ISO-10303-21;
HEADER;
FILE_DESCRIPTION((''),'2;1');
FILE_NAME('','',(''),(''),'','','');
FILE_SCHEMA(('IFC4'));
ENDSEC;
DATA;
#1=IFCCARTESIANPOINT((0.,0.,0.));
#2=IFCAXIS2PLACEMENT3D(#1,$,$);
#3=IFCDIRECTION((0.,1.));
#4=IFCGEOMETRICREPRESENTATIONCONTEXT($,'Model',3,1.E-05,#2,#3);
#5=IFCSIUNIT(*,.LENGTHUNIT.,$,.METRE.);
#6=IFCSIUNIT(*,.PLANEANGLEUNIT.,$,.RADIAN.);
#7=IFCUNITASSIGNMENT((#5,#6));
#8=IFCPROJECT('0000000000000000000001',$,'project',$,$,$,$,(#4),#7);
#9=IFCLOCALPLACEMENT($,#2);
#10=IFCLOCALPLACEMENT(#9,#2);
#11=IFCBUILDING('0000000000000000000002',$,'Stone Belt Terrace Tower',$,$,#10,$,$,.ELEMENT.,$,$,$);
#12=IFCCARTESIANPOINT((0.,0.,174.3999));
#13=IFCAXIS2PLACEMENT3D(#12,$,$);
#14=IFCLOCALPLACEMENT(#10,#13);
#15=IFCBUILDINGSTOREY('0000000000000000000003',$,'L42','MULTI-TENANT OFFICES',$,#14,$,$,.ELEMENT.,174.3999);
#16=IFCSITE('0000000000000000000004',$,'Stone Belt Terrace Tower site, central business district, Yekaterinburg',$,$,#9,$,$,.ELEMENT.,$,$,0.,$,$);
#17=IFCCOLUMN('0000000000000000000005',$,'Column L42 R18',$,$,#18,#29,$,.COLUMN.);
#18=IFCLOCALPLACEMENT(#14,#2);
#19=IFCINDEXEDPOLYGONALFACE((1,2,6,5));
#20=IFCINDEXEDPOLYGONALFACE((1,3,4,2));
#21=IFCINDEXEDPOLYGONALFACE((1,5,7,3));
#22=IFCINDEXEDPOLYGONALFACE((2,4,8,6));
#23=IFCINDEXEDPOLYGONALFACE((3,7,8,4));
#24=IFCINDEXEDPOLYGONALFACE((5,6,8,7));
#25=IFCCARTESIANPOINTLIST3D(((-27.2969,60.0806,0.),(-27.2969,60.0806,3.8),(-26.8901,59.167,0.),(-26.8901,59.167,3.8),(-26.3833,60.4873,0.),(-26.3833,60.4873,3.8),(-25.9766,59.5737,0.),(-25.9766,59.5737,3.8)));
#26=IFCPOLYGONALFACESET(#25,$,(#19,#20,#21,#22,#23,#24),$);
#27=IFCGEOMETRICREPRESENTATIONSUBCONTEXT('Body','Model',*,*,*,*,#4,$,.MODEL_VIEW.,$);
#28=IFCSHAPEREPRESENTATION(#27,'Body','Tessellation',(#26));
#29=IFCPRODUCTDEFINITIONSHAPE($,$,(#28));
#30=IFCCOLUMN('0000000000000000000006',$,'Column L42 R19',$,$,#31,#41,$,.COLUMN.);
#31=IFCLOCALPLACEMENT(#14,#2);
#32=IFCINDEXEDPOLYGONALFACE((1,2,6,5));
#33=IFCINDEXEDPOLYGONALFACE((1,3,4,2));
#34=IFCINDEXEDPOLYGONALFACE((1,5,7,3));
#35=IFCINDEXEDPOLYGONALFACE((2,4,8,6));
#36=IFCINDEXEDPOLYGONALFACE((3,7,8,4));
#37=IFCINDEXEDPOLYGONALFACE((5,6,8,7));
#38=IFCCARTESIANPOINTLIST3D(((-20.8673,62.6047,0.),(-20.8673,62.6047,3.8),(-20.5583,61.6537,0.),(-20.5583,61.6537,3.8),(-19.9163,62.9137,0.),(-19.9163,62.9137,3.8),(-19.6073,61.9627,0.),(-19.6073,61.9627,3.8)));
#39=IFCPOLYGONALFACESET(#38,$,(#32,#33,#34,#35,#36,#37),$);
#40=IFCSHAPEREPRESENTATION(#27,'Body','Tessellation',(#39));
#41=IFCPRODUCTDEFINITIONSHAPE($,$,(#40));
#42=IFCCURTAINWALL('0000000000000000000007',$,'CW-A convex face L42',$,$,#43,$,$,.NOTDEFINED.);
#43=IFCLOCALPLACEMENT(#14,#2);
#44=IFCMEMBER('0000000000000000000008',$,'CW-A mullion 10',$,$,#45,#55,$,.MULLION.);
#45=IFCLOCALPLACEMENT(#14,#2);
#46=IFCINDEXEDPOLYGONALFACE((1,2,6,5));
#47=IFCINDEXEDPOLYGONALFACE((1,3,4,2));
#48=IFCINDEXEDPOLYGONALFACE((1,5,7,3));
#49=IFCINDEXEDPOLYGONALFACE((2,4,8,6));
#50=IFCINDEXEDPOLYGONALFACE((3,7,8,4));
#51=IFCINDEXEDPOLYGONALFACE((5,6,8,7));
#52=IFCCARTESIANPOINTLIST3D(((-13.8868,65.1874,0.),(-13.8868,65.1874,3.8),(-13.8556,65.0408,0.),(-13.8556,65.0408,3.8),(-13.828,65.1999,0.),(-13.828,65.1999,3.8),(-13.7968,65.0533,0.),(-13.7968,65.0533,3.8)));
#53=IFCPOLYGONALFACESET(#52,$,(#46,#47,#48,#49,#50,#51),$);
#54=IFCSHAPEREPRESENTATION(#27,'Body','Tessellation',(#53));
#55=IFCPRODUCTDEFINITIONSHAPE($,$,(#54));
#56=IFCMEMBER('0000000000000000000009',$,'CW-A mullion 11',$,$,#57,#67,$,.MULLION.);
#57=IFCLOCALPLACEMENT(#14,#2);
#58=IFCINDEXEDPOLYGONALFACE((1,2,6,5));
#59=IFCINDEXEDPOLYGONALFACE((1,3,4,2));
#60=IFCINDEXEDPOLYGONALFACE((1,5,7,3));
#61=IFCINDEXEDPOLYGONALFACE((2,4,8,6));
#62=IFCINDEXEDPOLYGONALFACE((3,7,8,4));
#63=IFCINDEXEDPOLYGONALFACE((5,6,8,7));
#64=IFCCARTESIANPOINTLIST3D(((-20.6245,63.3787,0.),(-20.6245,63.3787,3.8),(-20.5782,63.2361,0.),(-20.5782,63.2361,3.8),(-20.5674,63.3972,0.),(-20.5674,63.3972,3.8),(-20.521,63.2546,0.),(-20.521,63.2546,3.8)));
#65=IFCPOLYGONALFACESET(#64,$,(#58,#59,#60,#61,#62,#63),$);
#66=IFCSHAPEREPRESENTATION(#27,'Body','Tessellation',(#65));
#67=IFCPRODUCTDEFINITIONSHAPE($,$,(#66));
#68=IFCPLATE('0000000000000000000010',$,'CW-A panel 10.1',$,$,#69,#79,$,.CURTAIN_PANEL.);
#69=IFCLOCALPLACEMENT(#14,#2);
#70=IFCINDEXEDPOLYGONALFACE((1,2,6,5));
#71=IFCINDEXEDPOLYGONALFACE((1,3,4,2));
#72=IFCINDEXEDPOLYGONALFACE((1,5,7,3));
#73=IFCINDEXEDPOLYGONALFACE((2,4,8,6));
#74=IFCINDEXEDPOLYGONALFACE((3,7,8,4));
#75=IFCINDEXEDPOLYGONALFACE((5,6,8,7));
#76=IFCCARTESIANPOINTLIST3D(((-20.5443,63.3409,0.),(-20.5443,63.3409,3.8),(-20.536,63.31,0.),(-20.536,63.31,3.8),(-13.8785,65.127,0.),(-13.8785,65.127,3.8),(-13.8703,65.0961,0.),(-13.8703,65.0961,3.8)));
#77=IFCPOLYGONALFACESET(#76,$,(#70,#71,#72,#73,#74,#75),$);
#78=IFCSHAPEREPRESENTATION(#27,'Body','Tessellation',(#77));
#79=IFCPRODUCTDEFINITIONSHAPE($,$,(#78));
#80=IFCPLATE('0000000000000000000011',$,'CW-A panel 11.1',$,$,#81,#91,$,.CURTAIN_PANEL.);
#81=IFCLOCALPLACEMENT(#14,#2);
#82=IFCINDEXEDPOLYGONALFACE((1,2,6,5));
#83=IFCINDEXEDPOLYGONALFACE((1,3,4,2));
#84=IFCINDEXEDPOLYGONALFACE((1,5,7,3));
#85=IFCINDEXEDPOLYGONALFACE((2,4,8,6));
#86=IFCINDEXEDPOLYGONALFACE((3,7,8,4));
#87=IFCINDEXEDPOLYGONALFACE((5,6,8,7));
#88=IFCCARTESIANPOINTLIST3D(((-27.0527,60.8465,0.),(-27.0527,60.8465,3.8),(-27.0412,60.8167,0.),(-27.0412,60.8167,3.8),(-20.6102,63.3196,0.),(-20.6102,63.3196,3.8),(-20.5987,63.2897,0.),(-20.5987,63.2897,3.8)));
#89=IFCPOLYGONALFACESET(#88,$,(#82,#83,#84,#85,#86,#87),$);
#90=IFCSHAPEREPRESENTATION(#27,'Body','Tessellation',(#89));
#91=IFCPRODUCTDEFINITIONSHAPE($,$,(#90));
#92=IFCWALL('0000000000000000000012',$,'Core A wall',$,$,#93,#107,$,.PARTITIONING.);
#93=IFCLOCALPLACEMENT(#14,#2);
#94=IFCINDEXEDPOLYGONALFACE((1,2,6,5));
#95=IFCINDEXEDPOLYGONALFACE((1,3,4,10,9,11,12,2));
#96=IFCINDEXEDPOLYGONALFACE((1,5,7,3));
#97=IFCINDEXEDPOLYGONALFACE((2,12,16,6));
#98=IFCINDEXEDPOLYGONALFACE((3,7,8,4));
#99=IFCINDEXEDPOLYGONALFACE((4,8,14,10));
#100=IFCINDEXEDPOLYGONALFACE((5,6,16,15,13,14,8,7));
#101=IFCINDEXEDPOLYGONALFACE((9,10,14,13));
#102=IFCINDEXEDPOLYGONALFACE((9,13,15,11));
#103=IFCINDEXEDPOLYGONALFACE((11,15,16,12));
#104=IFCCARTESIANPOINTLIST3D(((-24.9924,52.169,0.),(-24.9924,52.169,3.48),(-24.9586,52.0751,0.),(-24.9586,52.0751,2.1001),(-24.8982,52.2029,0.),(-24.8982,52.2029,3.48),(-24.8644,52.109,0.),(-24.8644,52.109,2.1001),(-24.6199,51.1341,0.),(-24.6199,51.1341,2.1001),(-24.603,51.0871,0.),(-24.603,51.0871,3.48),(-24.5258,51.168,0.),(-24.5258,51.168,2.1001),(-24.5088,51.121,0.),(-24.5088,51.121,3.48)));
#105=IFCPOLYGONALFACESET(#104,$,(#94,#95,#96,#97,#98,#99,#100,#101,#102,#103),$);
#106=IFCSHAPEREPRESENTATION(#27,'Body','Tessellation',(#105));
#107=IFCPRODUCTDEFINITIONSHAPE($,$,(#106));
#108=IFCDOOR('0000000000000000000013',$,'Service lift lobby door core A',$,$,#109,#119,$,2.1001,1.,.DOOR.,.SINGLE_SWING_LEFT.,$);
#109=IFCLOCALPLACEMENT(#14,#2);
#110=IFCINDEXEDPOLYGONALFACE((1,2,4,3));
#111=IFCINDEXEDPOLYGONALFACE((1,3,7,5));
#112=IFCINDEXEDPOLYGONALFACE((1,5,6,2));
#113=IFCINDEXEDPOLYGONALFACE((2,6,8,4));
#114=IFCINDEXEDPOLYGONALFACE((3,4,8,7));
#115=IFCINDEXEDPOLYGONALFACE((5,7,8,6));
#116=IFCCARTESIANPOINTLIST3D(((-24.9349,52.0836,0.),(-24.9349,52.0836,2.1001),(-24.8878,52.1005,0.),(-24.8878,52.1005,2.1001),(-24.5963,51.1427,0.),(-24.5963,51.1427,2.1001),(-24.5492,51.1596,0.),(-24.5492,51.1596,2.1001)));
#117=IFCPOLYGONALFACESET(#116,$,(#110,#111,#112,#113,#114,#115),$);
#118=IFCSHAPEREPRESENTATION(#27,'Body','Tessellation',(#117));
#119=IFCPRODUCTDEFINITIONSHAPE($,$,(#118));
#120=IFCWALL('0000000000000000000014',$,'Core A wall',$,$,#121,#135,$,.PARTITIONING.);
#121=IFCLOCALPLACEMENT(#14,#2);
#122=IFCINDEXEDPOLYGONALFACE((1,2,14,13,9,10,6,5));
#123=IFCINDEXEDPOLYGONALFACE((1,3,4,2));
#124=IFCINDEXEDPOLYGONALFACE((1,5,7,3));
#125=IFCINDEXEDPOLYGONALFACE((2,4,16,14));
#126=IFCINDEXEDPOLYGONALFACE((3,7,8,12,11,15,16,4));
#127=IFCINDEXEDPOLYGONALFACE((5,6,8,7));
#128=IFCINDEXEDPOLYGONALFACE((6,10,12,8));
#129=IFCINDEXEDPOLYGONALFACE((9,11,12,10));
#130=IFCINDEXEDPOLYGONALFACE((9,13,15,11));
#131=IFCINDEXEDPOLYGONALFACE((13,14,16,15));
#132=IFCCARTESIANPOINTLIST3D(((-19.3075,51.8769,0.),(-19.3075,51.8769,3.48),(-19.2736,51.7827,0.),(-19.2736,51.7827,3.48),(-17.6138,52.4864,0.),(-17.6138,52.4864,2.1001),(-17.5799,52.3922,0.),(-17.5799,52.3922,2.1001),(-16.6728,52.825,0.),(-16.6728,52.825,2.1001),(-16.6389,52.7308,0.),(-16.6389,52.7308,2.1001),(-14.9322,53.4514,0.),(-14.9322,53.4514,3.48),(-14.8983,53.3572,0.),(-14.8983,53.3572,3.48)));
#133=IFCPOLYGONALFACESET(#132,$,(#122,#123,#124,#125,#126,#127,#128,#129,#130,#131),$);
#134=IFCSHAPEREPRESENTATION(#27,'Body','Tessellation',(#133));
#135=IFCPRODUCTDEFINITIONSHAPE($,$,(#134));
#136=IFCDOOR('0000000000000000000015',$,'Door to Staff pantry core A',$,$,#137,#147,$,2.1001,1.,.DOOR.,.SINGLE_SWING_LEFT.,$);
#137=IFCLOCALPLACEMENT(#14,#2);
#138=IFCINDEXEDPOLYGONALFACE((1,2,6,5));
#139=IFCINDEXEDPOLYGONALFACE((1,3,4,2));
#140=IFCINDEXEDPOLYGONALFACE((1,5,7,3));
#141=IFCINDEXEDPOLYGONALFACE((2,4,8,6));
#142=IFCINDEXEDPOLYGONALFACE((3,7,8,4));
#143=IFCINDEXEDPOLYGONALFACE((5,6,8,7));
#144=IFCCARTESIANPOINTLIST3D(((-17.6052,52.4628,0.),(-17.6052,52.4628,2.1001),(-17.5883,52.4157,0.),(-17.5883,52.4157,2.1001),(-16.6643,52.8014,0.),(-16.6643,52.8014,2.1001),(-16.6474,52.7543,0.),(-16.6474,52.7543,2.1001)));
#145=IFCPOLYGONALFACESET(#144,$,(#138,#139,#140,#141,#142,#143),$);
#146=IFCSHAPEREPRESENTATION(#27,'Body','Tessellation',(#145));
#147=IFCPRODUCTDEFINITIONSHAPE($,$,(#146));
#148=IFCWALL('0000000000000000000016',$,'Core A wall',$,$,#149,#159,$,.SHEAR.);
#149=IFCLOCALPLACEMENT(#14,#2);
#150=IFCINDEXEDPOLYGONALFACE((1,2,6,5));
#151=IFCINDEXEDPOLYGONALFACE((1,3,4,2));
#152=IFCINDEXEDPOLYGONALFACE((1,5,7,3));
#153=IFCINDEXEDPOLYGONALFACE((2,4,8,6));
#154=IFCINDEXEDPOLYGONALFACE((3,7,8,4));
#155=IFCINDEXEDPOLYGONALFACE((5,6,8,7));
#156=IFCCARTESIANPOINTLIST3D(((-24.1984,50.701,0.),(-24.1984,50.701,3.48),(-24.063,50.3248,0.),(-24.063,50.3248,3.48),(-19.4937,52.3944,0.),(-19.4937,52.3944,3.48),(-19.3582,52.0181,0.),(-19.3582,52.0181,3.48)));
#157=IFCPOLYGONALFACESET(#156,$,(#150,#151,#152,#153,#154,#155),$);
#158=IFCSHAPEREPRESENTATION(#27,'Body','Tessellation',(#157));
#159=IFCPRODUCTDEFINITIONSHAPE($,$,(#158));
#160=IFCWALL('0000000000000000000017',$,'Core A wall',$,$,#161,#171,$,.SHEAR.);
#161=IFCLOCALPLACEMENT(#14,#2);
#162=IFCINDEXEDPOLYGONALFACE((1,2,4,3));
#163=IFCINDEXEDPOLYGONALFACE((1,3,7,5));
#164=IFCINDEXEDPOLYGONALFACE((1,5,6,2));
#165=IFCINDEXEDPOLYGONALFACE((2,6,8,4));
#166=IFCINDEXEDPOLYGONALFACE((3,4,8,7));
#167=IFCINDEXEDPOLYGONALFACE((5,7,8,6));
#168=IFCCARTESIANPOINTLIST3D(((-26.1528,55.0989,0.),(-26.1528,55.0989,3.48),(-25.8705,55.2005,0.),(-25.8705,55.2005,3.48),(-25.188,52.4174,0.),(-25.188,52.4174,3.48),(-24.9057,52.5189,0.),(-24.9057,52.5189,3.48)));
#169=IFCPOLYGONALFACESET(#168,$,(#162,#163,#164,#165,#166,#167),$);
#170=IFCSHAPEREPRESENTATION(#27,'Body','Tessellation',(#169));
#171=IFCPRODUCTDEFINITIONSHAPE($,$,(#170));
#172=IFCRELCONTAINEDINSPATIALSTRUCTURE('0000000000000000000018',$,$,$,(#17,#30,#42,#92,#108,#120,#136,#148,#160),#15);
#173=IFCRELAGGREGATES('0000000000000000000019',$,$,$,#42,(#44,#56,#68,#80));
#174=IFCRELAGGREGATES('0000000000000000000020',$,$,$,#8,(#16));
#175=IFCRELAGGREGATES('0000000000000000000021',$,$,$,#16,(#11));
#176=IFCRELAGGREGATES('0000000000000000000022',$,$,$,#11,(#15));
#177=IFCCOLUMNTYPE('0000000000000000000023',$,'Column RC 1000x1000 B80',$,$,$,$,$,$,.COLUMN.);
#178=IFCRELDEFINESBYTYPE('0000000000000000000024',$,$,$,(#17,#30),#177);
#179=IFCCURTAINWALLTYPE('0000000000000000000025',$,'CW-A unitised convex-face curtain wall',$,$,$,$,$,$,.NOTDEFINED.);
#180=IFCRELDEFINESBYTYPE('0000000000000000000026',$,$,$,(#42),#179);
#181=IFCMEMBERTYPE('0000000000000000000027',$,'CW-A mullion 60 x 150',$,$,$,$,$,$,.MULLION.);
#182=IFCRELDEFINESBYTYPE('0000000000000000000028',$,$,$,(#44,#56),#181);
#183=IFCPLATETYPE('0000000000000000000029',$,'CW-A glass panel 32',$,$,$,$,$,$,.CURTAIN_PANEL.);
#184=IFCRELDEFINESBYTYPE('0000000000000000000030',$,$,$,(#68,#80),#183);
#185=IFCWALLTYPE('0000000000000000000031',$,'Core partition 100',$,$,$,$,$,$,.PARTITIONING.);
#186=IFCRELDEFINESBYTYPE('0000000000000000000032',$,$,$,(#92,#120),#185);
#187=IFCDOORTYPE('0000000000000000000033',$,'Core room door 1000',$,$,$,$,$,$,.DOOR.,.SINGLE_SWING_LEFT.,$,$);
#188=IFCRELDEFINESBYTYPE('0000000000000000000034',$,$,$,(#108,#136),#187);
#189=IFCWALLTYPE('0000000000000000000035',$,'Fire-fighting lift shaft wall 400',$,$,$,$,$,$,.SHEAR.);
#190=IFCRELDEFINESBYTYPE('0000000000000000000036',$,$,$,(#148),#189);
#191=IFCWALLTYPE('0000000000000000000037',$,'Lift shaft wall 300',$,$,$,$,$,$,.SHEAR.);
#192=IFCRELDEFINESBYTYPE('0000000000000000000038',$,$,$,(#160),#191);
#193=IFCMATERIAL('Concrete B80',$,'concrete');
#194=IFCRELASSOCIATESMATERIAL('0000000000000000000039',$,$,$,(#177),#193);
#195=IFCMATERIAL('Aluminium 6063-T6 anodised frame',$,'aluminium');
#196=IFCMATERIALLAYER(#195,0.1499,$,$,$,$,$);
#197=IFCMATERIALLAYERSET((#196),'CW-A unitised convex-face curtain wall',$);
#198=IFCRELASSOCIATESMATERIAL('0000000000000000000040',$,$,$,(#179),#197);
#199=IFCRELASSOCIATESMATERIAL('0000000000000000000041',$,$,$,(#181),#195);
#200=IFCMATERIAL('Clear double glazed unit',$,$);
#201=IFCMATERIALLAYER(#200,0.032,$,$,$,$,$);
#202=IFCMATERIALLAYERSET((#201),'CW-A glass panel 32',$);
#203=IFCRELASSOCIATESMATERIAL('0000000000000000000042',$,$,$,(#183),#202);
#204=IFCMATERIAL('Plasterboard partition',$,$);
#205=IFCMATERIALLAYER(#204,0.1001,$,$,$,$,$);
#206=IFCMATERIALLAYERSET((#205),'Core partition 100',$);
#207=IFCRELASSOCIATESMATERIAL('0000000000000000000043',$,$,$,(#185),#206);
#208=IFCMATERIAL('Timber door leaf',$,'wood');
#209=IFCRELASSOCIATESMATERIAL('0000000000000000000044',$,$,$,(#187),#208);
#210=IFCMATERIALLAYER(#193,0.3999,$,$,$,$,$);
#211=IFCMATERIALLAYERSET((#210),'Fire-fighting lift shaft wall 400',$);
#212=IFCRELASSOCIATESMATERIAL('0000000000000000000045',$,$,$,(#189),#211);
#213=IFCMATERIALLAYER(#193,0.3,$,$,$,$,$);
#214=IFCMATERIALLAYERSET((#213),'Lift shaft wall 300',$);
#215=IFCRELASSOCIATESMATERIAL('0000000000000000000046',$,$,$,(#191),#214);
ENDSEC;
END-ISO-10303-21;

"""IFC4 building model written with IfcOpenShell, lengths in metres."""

from ifc_helpers import new_model, si_unit, direction, frame, frame_2d, origin, origin_2d, place, context, subcontext, project, spatial, rectangle, extrude, material, layer, layer_set, material_profile, profile_set, type_object, element, fill, aggregate, save


model = new_model("IFC4")

# Units and contexts
model_context = context("Model", 3, precision=1e-05, world=origin(), true_north=direction((0.0, 1.0)))
body_context = subcontext(model_context, "Body", "Model", "MODEL_VIEW")
ifc_project = project(units=[si_unit("LENGTHUNIT", "METRE"), si_unit("PLANEANGLEUNIT", "RADIAN")], contexts=[model_context])

# Site, building, storey
site_placement = place(None, origin())
site = spatial("IfcSite", under=ifc_project, at=site_placement, Name="Stone Belt Terrace Tower site, central business district, Yekaterinburg", CompositionType="ELEMENT", RefElevation=0.0)
building_placement = place(site_placement, origin())
building = spatial("IfcBuilding", under=site, at=building_placement, Name="Stone Belt Terrace Tower", CompositionType="ELEMENT")
storey_placement = place(building_placement, frame((0.0, 0.0, 174.3999)))
storey = spatial("IfcBuildingStorey", under=building, at=storey_placement, Name="L42", Description="MULTI-TENANT OFFICES", CompositionType="ELEMENT", Elevation=174.3999)

# Columns
ifc_material_1 = material(Name="Concrete B80", Category="concrete")
ifc_material_profile_1 = material_profile(ifc_material_1, rectangle(XDim=1.0, YDim=1.0, at=origin_2d()), Name="RC 1000x1000")
ifc_profile_set_1 = profile_set([ifc_material_profile_1], Name="Concrete B80")
column_type = type_object("IfcColumnType", Name="Column RC 1000x1000 B80", PredefinedType="COLUMN", material=ifc_profile_set_1)
for number, where, z_axis, x_axis, name in (
    (1, (-26.6367, 59.8271, 0.0), (0.0, 0.0, 1.0), (0.913545, 0.406737, 0.0), "Column L42 R18"),
    (2, (-20.2373, 62.2837, 0.0), (0.0, 0.0, 1.0), (0.951057, 0.309017, 0.0), "Column L42 R19"),
):
    element("IfcColumn", number, at=place(storey_placement, frame(where, z_axis=z_axis, x_axis=x_axis)), inside=storey, type_object=column_type, Name=name, PredefinedType="COLUMN", context=body_context, shape_type="SweptSolid", body=[
        extrude(rectangle(XDim=1.0, YDim=1.0, at=origin_2d()), origin(), (0.0, 0.0, 1.0), 3.8),
    ])

# Curtain wall, members, plates
ifc_material_2 = material(Name="Aluminium 6063-T6 anodised frame", Category="aluminium")
ifc_layer_1 = layer(ifc_material_2, 0.1499)
ifc_layer_set_1 = layer_set([ifc_layer_1], Name="CW-A unitised convex-face curtain wall")
curtain_wall_type = type_object("IfcCurtainWallType", Name="CW-A unitised convex-face curtain wall", PredefinedType="NOTDEFINED", material=ifc_layer_set_1)
curtain_wall_placement = place(storey_placement, origin())
curtain_wall = element("IfcCurtainWall", 3, at=curtain_wall_placement, inside=storey, type_object=curtain_wall_type, Name="CW-A convex face L42", PredefinedType="NOTDEFINED")
ifc_material_profile_2 = material_profile(ifc_material_2, rectangle(XDim=0.1499, YDim=0.0601, at=origin_2d()), Name="Aluminium 6063-T6 60x150")
ifc_profile_set_2 = profile_set([ifc_material_profile_2], Name="Aluminium 6063-T6 anodised frame")
member_type = type_object("IfcMemberType", Name="CW-A mullion 60 x 150", PredefinedType="MULLION", material=ifc_profile_set_2)
member_1_placement = place(storey_placement, frame((-13.8418, 65.1204, 0.0), z_axis=(0.0, 0.0, 1.0), x_axis=(0.207912, -0.978148, 0.0)))
member_1 = element("IfcMember", 4, at=member_1_placement, type_object=member_type, Name="CW-A mullion 10", PredefinedType="MULLION", context=body_context, shape_type="SweptSolid", body=[
    extrude(rectangle(XDim=0.1499, YDim=0.0601, at=origin_2d()), origin(), (0.0, 0.0, 1.0), 3.8),
])
member_2_placement = place(storey_placement, frame((-20.5728, 63.3167, 0.0), z_axis=(0.0, 0.0, 1.0), x_axis=(0.309017, -0.951057, 0.0)))
member_2 = element("IfcMember", 5, at=member_2_placement, type_object=member_type, Name="CW-A mullion 11", PredefinedType="MULLION", context=body_context, shape_type="SweptSolid", body=[
    extrude(rectangle(XDim=0.1499, YDim=0.0601, at=origin_2d()), origin(), (0.0, 0.0, 1.0), 3.8),
])
ifc_material_3 = material(Name="Clear double glazed unit")
ifc_layer_2 = layer(ifc_material_3, 0.032)
ifc_layer_set_2 = layer_set([ifc_layer_2], Name="CW-A glass panel 32")
plate_type = type_object("IfcPlateType", Name="CW-A glass panel 32", PredefinedType="CURTAIN_PANEL", material=ifc_layer_set_2)
plate_1_placement = place(storey_placement, frame((-17.2073, 64.2185, 0.0), z_axis=(0.0, 0.0, 1.0), x_axis=(-0.965926, -0.258819, 0.0)))
plate_1 = element("IfcPlate", 6, at=plate_1_placement, type_object=plate_type, Name="CW-A panel 10.1", PredefinedType="CURTAIN_PANEL", context=body_context, shape_type="SweptSolid", body=[
    extrude(rectangle(XDim=6.9009, YDim=0.032, at=origin_2d()), origin(), (0.0, 0.0, 1.0), 3.8),
])
plate_2_placement = place(storey_placement, frame((-23.8257, 62.0681, 0.0), z_axis=(0.0, 0.0, 1.0), x_axis=(-0.93358, -0.358368, 0.0)))
plate_2 = element("IfcPlate", 7, at=plate_2_placement, type_object=plate_type, Name="CW-A panel 11.1", PredefinedType="CURTAIN_PANEL", context=body_context, shape_type="SweptSolid", body=[
    extrude(rectangle(XDim=6.9009, YDim=0.032, at=origin_2d()), origin(), (0.0, 0.0, 1.0), 3.8),
])
aggregate(curtain_wall, [member_1, member_2, plate_1, plate_2])

# Walls, openings, doors
ifc_material_4 = material(Name="Plasterboard partition")
ifc_layer_3 = layer(ifc_material_4, 0.1001)
ifc_layer_set_3 = layer_set([ifc_layer_3], Name="Core partition 100")
wall_type_1 = type_object("IfcWallType", Name="Core partition 100", PredefinedType="PARTITIONING", material=ifc_layer_set_3)
wall_1_placement = place(storey_placement, frame((-24.5559, 51.104, 0.0), z_axis=(0.0, 0.0, 1.0), x_axis=(-0.338622, 0.940923, 0.0)))
wall_1 = element("IfcWall", 8, at=wall_1_placement, inside=storey, type_object=wall_type_1, Name="Core A wall", PredefinedType="PARTITIONING", context=body_context, shape_type="SweptSolid", body=[
    extrude(rectangle(XDim=1.1499, YDim=0.1001, at=frame_2d((0.575, 0.0))), origin(), (0.0, 0.0, 1.0), 3.48),
])
opening_1_placement = place(wall_1_placement, frame((0.05, 0.0, 0.0)))
opening_1 = element("IfcOpeningElement", 9, at=opening_1_placement, cuts=wall_1, PredefinedType="OPENING", context=body_context, shape_type="SweptSolid", body=[
    extrude(rectangle(XDim=1.0, YDim=2.1001, at=frame_2d((0.5, 1.05))), frame((0.0, 0.0601, 0.0), z_axis=(0.0, -1.0, 0.0), x_axis=(1.0, 0.0, 0.0)), (0.0, 0.0, 1.0), 0.1201),
])
ifc_material_5 = material(Name="Timber door leaf", Category="wood")
door_type_1 = type_object("IfcDoorType", Name="Core room door 1000", OperationType="SINGLE_SWING_LEFT", PredefinedType="DOOR", material=ifc_material_5)
door_1_placement = place(opening_1_placement, origin())
door_1 = element("IfcDoor", 10, at=door_1_placement, inside=storey, type_object=door_type_1, Name="Service lift lobby door core A", OperationType="SINGLE_SWING_LEFT", OverallHeight=2.1001, OverallWidth=1.0, PredefinedType="DOOR", context=body_context, shape_type="SweptSolid", body=[
    extrude(rectangle(XDim=1.0, YDim=2.1001, at=frame_2d((0.5, 1.05))), frame((0.0, 0.0249, 0.0), z_axis=(0.0, -1.0, 0.0), x_axis=(1.0, 0.0, 0.0)), (0.0, 0.0, 1.0), 0.05),
])
fill(opening_1, door_1)
wall_2_placement = place(storey_placement, frame((-19.2905, 51.8298, 0.0), z_axis=(0.0, 0.0, 1.0), x_axis=(0.94093, 0.3386, 0.0)))
wall_2 = element("IfcWall", 11, at=wall_2_placement, inside=storey, type_object=wall_type_1, Name="Core A wall", PredefinedType="PARTITIONING", context=body_context, shape_type="SweptSolid", body=[
    extrude(rectangle(XDim=4.6499, YDim=0.1001, at=frame_2d((2.325, 0.0))), origin(), (0.0, 0.0, 1.0), 3.48),
])
opening_2_placement = place(wall_2_placement, frame((1.8, 0.0, 0.0)))
opening_2 = element("IfcOpeningElement", 12, at=opening_2_placement, cuts=wall_2, PredefinedType="OPENING", context=body_context, shape_type="SweptSolid", body=[
    extrude(rectangle(XDim=1.0, YDim=2.1001, at=frame_2d((0.5, 1.05))), frame((0.0, 0.0601, 0.0), z_axis=(0.0, -1.0, 0.0), x_axis=(1.0, 0.0, 0.0)), (0.0, 0.0, 1.0), 0.1201),
])
door_2_placement = place(opening_2_placement, origin())
door_2 = element("IfcDoor", 13, at=door_2_placement, inside=storey, type_object=door_type_1, Name="Door to Staff pantry core A", OperationType="SINGLE_SWING_LEFT", OverallHeight=2.1001, OverallWidth=1.0, PredefinedType="DOOR", context=body_context, shape_type="SweptSolid", body=[
    extrude(rectangle(XDim=1.0, YDim=2.1001, at=frame_2d((0.5, 1.05))), frame((0.0, 0.0249, 0.0), z_axis=(0.0, -1.0, 0.0), x_axis=(1.0, 0.0, 0.0)), (0.0, 0.0, 1.0), 0.05),
])
fill(opening_2, door_2)

# Walls
ifc_layer_4 = layer(ifc_material_1, 0.3999)
ifc_layer_set_4 = layer_set([ifc_layer_4], Name="Fire-fighting lift shaft wall 400")
wall_type_2 = type_object("IfcWallType", Name="Fire-fighting lift shaft wall 400", PredefinedType="SHEAR", material=ifc_layer_set_4)
wall_3_placement = place(storey_placement, frame((-24.1306, 50.5129, 0.0), z_axis=(0.0, 0.0, 1.0), x_axis=(0.940912, 0.338652, 0.0)))
element("IfcWall", 14, at=wall_3_placement, inside=storey, type_object=wall_type_2, Name="Core A wall", PredefinedType="SHEAR", context=body_context, shape_type="SweptSolid", body=[
    extrude(rectangle(XDim=5.0002, YDim=0.3999, at=frame_2d((2.5, 0.0))), origin(), (0.0, 0.0, 1.0), 3.48),
])
ifc_layer_5 = layer(ifc_material_1, 0.3)
ifc_layer_set_5 = layer_set([ifc_layer_5], Name="Lift shaft wall 300")
wall_type_3 = type_object("IfcWallType", Name="Lift shaft wall 300", PredefinedType="SHEAR", material=ifc_layer_set_5)
wall_4_placement = place(storey_placement, frame((-25.0469, 52.4683, 0.0), z_axis=(0.0, 0.0, 1.0), x_axis=(-0.33855, 0.940949, 0.0)))
element("IfcWall", 15, at=wall_4_placement, inside=storey, type_object=wall_type_3, Name="Core A wall", PredefinedType="SHEAR", context=body_context, shape_type="SweptSolid", body=[
    extrude(rectangle(XDim=2.8499, YDim=0.3, at=frame_2d((1.4248, 0.0))), origin(), (0.0, 0.0, 1.0), 3.48),
])

save(model, "model.ifc")
